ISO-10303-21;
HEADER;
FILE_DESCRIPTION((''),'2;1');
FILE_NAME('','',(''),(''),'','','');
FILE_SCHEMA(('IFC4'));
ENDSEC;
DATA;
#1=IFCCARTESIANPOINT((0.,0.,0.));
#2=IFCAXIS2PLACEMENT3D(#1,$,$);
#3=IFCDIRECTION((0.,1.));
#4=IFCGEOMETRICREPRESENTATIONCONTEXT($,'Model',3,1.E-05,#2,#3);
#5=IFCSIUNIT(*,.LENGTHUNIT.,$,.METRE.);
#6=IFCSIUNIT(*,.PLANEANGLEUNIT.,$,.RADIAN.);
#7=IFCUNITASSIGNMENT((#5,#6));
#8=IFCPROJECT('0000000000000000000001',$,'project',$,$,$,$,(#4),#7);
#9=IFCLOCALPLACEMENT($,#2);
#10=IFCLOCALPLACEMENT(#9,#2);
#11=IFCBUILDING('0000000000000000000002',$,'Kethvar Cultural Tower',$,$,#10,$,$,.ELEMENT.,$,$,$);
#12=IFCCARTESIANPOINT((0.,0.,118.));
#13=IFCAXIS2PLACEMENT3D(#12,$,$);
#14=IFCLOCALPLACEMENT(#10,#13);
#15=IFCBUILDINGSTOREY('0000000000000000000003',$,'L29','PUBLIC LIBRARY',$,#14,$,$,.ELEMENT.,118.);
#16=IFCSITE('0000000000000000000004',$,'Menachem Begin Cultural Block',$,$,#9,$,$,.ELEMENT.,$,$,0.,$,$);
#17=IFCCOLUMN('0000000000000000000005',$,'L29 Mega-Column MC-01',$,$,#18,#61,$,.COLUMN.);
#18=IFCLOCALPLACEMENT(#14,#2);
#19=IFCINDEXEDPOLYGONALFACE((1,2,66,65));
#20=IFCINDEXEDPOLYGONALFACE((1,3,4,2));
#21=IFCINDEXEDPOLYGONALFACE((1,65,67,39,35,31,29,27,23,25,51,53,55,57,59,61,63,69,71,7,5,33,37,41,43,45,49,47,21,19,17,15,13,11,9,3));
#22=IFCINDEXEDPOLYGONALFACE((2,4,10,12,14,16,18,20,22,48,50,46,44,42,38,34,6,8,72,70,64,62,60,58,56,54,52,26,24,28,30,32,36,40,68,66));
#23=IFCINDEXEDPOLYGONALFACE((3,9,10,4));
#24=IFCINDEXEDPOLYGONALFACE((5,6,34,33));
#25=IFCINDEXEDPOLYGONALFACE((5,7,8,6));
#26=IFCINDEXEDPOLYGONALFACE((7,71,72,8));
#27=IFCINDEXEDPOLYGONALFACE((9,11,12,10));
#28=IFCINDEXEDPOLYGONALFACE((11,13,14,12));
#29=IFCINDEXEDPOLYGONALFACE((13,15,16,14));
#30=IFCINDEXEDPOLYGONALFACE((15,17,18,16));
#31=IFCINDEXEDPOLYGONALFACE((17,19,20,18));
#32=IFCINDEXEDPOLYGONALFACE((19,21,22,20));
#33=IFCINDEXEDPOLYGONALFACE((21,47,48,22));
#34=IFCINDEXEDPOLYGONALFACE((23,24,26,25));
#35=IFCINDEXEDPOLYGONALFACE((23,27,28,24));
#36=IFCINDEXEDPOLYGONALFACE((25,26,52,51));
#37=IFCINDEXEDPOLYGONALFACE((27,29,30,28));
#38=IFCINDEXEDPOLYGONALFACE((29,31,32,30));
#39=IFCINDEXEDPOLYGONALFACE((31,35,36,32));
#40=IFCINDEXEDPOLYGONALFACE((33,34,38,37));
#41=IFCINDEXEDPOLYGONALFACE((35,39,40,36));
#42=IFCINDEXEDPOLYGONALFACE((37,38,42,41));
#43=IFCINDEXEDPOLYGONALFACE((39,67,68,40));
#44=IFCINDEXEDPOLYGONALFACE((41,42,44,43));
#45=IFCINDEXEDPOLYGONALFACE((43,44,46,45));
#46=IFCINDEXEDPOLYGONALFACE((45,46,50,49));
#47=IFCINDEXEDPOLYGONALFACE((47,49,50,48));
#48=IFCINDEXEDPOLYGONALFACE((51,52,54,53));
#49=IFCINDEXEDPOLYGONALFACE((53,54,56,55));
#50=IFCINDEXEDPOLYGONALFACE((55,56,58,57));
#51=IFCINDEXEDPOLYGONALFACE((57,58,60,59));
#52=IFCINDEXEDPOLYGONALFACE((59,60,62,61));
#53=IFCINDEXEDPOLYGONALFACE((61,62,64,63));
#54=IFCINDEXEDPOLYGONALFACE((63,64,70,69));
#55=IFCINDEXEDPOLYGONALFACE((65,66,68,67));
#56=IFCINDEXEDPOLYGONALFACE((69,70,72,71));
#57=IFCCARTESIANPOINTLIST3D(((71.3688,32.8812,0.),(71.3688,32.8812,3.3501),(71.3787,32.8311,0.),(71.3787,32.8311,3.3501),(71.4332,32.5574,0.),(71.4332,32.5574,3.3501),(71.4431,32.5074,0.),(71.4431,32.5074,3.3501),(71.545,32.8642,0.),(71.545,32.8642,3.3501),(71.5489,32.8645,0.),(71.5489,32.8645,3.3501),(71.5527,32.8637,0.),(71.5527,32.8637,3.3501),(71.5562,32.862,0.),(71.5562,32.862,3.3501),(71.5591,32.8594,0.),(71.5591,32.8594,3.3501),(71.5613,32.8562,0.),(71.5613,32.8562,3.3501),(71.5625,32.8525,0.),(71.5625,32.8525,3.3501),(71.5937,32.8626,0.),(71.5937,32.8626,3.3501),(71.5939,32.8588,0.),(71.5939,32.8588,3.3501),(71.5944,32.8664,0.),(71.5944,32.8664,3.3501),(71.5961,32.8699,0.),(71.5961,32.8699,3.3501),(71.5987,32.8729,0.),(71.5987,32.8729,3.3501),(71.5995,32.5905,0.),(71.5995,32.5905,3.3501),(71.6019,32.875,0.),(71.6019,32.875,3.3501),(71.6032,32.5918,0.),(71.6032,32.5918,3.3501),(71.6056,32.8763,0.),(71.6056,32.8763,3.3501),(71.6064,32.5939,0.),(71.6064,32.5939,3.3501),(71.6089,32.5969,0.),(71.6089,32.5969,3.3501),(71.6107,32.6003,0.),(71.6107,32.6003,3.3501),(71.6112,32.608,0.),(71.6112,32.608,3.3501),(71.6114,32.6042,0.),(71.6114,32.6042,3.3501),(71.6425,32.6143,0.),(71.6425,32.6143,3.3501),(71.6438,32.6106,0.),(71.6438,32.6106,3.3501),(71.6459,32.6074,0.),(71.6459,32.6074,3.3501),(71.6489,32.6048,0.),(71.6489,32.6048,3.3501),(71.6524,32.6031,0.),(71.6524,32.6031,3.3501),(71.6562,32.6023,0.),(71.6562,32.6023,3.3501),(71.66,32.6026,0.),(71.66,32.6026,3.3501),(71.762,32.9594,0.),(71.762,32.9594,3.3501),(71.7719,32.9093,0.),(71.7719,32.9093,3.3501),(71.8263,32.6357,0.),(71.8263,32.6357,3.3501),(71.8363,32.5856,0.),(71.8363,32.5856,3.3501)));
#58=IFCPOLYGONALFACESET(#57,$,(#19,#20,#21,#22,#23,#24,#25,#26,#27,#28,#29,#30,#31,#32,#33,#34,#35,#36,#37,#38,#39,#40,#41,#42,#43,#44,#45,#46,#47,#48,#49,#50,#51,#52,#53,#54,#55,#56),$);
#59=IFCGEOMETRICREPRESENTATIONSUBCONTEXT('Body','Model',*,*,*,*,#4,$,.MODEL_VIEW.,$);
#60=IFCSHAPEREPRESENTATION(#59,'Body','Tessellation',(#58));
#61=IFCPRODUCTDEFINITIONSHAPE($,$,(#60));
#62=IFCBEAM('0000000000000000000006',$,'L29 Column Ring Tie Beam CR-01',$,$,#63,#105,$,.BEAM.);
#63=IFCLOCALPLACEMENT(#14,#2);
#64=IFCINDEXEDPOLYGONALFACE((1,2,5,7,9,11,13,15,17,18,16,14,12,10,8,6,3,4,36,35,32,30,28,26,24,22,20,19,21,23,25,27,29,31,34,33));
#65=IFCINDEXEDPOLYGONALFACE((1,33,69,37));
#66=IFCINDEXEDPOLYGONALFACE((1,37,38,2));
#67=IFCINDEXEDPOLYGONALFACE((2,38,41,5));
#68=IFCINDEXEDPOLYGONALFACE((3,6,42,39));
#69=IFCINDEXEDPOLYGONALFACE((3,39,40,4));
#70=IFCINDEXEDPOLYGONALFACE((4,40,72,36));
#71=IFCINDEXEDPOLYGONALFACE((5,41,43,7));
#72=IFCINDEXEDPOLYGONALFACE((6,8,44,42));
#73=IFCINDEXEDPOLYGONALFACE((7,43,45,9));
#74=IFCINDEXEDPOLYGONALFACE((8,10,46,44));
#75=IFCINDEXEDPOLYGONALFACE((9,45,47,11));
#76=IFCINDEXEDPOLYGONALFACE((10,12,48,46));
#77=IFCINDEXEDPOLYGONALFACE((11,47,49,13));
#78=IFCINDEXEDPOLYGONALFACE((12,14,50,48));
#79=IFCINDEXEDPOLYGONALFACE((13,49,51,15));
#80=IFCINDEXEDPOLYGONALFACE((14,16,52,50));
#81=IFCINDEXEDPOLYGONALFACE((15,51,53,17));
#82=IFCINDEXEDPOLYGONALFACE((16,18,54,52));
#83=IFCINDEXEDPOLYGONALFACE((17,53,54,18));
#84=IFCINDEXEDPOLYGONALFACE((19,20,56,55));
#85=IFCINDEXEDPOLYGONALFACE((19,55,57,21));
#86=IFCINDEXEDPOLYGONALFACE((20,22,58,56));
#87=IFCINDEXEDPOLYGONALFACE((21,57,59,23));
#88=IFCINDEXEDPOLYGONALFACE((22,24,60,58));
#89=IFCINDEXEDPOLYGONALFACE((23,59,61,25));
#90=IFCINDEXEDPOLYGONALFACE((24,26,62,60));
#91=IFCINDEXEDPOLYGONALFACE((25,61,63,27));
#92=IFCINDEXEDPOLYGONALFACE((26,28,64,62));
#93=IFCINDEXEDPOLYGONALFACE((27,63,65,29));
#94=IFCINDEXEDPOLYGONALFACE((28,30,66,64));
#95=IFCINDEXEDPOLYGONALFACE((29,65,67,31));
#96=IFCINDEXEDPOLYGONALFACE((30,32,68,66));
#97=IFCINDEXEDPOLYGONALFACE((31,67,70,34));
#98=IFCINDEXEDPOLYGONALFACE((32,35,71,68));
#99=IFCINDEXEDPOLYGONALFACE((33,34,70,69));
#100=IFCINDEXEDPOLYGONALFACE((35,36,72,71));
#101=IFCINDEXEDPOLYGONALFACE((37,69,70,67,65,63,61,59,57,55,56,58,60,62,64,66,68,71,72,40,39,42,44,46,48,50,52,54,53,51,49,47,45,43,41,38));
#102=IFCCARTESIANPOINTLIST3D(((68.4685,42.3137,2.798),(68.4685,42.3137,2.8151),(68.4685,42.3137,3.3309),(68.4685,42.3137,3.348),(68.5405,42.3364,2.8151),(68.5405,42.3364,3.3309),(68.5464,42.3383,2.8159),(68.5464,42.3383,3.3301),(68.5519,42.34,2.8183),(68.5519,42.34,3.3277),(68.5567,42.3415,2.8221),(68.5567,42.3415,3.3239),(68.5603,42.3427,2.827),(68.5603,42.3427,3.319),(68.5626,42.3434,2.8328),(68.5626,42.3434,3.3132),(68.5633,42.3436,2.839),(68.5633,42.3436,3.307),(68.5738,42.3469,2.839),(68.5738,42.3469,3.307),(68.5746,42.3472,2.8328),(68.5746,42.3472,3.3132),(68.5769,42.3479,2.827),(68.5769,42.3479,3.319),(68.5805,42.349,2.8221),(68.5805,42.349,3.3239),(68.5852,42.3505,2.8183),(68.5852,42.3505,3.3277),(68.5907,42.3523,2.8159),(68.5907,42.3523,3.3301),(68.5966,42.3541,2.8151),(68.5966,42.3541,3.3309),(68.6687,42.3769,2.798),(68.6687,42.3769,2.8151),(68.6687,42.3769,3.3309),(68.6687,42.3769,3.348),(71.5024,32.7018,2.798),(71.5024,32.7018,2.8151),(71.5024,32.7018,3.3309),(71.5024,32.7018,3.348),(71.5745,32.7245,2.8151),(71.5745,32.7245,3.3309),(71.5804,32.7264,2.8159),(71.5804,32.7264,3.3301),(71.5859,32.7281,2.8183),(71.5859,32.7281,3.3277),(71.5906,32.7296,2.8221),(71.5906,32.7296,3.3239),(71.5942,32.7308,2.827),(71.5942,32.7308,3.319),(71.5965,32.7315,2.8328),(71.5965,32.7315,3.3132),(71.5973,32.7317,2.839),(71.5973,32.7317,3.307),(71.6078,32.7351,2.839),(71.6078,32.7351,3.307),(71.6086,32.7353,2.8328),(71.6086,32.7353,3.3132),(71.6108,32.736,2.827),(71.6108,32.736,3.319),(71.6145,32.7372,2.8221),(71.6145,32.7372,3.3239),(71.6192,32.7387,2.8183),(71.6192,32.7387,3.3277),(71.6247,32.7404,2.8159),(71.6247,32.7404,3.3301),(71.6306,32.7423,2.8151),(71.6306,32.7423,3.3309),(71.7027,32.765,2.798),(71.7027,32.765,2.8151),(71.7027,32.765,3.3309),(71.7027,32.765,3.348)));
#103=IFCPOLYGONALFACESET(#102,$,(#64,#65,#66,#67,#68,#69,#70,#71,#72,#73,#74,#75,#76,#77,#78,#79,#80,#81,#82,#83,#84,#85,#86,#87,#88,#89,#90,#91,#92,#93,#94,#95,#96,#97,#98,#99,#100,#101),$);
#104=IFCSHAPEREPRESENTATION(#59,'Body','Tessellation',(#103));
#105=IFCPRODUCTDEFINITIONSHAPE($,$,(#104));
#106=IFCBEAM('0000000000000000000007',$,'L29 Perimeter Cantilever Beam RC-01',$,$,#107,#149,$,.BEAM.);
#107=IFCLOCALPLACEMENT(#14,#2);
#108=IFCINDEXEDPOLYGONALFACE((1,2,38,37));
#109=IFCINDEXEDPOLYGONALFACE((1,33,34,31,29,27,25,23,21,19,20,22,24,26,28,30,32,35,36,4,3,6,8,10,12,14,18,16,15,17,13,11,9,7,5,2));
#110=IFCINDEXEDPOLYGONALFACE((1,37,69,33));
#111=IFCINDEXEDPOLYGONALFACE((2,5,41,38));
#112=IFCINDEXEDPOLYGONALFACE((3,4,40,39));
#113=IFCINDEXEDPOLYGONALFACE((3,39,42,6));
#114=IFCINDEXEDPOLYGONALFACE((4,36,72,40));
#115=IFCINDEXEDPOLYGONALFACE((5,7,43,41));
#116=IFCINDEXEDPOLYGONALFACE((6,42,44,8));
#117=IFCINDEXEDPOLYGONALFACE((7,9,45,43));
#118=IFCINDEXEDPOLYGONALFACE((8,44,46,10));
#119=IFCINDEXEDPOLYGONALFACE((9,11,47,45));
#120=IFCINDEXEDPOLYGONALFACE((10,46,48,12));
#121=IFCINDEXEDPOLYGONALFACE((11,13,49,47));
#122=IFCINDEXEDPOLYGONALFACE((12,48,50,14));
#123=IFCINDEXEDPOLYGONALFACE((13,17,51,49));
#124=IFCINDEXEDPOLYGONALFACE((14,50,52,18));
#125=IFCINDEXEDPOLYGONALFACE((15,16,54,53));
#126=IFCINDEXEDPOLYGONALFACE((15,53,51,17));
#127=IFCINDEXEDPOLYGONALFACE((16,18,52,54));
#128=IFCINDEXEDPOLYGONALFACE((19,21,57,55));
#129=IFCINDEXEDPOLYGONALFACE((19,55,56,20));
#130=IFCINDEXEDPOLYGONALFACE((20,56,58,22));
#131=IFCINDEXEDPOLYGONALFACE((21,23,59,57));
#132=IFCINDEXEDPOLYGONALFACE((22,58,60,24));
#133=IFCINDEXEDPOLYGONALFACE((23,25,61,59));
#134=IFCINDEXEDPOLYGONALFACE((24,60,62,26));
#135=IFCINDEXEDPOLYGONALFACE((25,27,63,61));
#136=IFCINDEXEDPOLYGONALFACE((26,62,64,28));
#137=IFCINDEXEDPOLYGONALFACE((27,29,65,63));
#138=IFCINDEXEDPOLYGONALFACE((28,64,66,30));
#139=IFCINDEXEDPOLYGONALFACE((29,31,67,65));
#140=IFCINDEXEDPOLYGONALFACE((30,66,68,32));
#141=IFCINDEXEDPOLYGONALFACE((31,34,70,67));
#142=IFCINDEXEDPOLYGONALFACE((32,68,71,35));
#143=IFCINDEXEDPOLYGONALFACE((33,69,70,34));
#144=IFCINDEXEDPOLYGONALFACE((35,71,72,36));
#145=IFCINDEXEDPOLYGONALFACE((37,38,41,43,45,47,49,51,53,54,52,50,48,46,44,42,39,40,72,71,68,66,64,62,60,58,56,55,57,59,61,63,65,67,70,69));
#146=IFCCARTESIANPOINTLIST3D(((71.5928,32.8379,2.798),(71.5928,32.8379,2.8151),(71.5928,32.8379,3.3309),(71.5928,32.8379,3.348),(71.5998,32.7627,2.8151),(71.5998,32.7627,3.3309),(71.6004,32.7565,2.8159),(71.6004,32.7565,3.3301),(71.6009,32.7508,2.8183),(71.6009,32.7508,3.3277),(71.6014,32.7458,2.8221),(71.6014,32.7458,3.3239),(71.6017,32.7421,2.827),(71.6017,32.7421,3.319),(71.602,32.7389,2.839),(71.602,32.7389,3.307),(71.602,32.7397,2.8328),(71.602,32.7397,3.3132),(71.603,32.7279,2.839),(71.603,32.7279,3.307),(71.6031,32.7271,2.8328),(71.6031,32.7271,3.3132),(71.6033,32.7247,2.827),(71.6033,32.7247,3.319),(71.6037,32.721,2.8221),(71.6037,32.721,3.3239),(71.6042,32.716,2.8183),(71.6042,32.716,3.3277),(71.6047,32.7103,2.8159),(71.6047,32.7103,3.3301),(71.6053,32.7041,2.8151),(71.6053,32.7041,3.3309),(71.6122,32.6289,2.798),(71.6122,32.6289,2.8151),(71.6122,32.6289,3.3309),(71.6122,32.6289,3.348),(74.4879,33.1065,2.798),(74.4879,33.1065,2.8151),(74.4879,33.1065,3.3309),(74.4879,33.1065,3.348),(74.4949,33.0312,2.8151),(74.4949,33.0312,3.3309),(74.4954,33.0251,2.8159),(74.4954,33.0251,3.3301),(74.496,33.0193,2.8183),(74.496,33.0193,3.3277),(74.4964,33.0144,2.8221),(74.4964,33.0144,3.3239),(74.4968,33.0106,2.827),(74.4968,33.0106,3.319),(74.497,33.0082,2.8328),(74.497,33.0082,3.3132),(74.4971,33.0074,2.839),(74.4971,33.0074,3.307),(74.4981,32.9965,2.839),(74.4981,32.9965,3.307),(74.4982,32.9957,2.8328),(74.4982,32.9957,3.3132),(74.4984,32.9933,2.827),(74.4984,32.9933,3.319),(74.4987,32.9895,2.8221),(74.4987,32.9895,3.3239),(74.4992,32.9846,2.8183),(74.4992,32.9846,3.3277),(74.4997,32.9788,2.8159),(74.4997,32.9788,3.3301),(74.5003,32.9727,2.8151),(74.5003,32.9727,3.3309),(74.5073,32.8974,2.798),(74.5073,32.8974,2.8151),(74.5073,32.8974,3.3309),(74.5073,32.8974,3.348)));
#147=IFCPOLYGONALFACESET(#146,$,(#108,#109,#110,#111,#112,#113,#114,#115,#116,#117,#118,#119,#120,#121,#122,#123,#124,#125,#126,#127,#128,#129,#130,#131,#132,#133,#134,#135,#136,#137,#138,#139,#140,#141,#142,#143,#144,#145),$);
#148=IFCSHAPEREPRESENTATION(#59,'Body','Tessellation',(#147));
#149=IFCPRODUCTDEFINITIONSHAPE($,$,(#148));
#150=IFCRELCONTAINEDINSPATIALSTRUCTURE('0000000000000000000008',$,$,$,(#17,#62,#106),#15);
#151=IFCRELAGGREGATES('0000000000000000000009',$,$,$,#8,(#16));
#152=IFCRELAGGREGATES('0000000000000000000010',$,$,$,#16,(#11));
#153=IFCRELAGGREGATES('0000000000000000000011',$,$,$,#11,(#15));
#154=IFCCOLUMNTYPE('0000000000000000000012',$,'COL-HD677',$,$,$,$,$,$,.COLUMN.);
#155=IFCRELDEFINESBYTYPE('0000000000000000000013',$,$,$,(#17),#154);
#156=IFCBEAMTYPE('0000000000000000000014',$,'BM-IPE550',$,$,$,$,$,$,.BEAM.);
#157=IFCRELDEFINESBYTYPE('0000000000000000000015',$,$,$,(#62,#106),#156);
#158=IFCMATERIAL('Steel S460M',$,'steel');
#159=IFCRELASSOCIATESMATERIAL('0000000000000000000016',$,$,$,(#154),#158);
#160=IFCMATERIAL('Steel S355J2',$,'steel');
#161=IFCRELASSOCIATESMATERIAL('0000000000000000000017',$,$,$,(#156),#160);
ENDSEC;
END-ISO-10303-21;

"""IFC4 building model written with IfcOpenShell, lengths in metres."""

from ifc_helpers import new_model, si_unit, direction, frame, origin, origin_2d, place, context, subcontext, project, spatial, i_section, extrude, source, transform, mapped, material, material_profile, profile_set, type_object, element, save


model = new_model("IFC4")

# Units and contexts
model_context = context("Model", 3, precision=1e-05, world=origin(), true_north=direction((0.0, 1.0)))
body_context = subcontext(model_context, "Body", "Model", "MODEL_VIEW")
ifc_project = project(units=[si_unit("LENGTHUNIT", "METRE"), si_unit("PLANEANGLEUNIT", "RADIAN")], contexts=[model_context])

# Site, building, storey
site_placement = place(None, origin())
site = spatial("IfcSite", under=ifc_project, at=site_placement, Name="Menachem Begin Cultural Block", CompositionType="ELEMENT", RefElevation=0.0)
building_placement = place(site_placement, origin())
building = spatial("IfcBuilding", under=site, at=building_placement, Name="Kethvar Cultural Tower", CompositionType="ELEMENT")
storey_placement = place(building_placement, frame((0.0, 0.0, 118.0)))
storey = spatial("IfcBuildingStorey", under=building, at=storey_placement, Name="L29", Description="PUBLIC LIBRARY", CompositionType="ELEMENT", Elevation=118.0)

# Column
ifc_material_1 = material(Name="Steel S460M", Category="steel")
ifc_material_profile_1 = material_profile(ifc_material_1, i_section(OverallWidth=0.4009, OverallDepth=0.3811, WebThickness=0.032, FlangeThickness=0.051, FilletRadius=0.0149, at=origin_2d()), Name="Steel S460M — HD400x677")
ifc_profile_set_1 = profile_set([ifc_material_profile_1], Name="Steel S460M — HD400x677")
column_type = type_object("IfcColumnType", Name="COL-HD677", PredefinedType="COLUMN", material=ifc_profile_set_1)
shared_shape_1 = source(origin(), body_context, "Body", "SweptSolid", [
    extrude(i_section(OverallWidth=0.4009, OverallDepth=0.3811, WebThickness=0.032, FlangeThickness=0.051, FilletRadius=0.0149, at=origin_2d()), origin(), (0.0, 0.0, 1.0), 3.3501),
])
column_placement = place(storey_placement, frame((71.6025, 32.7334, 0.0), z_axis=(0.0, 0.0, 1.0), x_axis=(0.980785, 0.19509, 0.0)))
element("IfcColumn", 1, at=column_placement, inside=storey, type_object=column_type, Name="L29 Mega-Column MC-01", PredefinedType="COLUMN", context=body_context, shape_type="MappedRepresentation", body=[
    mapped(shared_shape_1, transform((0.0, 0.0, 0.0), scale=1.0)),
])

# Beams
ifc_material_2 = material(Name="Steel S355J2", Category="steel")
ifc_material_profile_2 = material_profile(ifc_material_2, i_section(OverallWidth=0.21, OverallDepth=0.55, WebThickness=0.011, FlangeThickness=0.0171, FilletRadius=0.0239, at=origin_2d()), Name="Steel S355J2 — IPE550")
ifc_profile_set_2 = profile_set([ifc_material_profile_2], Name="Steel S355J2 — IPE550")
beam_type_1 = type_object("IfcBeamType", Name="BM-IPE550", PredefinedType="BEAM", material=ifc_profile_set_2)
shared_shape_2 = source(origin(), body_context, "Body", "SweptSolid", [
    extrude(i_section(OverallWidth=0.21, OverallDepth=0.55, WebThickness=0.011, FlangeThickness=0.0171, FilletRadius=0.0239, at=origin_2d()), origin(), (0.0, 0.0, 1.0), 10.0793),
])
beam_1_placement = place(storey_placement, frame((71.6025, 32.7334, 3.073), z_axis=(-0.301007, 0.953622, 0.0), x_axis=(-0.953622, -0.301007, 0.0)))
element("IfcBeam", 2, at=beam_1_placement, inside=storey, type_object=beam_type_1, Name="L29 Column Ring Tie Beam CR-01", PredefinedType="BEAM", context=body_context, shape_type="MappedRepresentation", body=[
    mapped(shared_shape_2, transform((0.0, 0.0, 0.0), scale=1.0)),
])
shared_shape_3 = source(origin(), body_context, "Body", "SweptSolid", [
    extrude(i_section(OverallWidth=0.21, OverallDepth=0.55, WebThickness=0.011, FlangeThickness=0.0171, FilletRadius=0.0239, at=origin_2d()), origin(), (0.0, 0.0, 1.0), 2.9075),
])
beam_2_placement = place(storey_placement, frame((71.6025, 32.7334, 3.073), z_axis=(0.995725, 0.092368, 0.0), x_axis=(-0.092368, 0.995725, 0.0)))
element("IfcBeam", 3, at=beam_2_placement, inside=storey, type_object=beam_type_1, Name="L29 Perimeter Cantilever Beam RC-01", PredefinedType="BEAM", context=body_context, shape_type="MappedRepresentation", body=[
    mapped(shared_shape_3, transform((0.0, 0.0, 0.0), scale=1.0)),
])

save(model, "model.ifc")
